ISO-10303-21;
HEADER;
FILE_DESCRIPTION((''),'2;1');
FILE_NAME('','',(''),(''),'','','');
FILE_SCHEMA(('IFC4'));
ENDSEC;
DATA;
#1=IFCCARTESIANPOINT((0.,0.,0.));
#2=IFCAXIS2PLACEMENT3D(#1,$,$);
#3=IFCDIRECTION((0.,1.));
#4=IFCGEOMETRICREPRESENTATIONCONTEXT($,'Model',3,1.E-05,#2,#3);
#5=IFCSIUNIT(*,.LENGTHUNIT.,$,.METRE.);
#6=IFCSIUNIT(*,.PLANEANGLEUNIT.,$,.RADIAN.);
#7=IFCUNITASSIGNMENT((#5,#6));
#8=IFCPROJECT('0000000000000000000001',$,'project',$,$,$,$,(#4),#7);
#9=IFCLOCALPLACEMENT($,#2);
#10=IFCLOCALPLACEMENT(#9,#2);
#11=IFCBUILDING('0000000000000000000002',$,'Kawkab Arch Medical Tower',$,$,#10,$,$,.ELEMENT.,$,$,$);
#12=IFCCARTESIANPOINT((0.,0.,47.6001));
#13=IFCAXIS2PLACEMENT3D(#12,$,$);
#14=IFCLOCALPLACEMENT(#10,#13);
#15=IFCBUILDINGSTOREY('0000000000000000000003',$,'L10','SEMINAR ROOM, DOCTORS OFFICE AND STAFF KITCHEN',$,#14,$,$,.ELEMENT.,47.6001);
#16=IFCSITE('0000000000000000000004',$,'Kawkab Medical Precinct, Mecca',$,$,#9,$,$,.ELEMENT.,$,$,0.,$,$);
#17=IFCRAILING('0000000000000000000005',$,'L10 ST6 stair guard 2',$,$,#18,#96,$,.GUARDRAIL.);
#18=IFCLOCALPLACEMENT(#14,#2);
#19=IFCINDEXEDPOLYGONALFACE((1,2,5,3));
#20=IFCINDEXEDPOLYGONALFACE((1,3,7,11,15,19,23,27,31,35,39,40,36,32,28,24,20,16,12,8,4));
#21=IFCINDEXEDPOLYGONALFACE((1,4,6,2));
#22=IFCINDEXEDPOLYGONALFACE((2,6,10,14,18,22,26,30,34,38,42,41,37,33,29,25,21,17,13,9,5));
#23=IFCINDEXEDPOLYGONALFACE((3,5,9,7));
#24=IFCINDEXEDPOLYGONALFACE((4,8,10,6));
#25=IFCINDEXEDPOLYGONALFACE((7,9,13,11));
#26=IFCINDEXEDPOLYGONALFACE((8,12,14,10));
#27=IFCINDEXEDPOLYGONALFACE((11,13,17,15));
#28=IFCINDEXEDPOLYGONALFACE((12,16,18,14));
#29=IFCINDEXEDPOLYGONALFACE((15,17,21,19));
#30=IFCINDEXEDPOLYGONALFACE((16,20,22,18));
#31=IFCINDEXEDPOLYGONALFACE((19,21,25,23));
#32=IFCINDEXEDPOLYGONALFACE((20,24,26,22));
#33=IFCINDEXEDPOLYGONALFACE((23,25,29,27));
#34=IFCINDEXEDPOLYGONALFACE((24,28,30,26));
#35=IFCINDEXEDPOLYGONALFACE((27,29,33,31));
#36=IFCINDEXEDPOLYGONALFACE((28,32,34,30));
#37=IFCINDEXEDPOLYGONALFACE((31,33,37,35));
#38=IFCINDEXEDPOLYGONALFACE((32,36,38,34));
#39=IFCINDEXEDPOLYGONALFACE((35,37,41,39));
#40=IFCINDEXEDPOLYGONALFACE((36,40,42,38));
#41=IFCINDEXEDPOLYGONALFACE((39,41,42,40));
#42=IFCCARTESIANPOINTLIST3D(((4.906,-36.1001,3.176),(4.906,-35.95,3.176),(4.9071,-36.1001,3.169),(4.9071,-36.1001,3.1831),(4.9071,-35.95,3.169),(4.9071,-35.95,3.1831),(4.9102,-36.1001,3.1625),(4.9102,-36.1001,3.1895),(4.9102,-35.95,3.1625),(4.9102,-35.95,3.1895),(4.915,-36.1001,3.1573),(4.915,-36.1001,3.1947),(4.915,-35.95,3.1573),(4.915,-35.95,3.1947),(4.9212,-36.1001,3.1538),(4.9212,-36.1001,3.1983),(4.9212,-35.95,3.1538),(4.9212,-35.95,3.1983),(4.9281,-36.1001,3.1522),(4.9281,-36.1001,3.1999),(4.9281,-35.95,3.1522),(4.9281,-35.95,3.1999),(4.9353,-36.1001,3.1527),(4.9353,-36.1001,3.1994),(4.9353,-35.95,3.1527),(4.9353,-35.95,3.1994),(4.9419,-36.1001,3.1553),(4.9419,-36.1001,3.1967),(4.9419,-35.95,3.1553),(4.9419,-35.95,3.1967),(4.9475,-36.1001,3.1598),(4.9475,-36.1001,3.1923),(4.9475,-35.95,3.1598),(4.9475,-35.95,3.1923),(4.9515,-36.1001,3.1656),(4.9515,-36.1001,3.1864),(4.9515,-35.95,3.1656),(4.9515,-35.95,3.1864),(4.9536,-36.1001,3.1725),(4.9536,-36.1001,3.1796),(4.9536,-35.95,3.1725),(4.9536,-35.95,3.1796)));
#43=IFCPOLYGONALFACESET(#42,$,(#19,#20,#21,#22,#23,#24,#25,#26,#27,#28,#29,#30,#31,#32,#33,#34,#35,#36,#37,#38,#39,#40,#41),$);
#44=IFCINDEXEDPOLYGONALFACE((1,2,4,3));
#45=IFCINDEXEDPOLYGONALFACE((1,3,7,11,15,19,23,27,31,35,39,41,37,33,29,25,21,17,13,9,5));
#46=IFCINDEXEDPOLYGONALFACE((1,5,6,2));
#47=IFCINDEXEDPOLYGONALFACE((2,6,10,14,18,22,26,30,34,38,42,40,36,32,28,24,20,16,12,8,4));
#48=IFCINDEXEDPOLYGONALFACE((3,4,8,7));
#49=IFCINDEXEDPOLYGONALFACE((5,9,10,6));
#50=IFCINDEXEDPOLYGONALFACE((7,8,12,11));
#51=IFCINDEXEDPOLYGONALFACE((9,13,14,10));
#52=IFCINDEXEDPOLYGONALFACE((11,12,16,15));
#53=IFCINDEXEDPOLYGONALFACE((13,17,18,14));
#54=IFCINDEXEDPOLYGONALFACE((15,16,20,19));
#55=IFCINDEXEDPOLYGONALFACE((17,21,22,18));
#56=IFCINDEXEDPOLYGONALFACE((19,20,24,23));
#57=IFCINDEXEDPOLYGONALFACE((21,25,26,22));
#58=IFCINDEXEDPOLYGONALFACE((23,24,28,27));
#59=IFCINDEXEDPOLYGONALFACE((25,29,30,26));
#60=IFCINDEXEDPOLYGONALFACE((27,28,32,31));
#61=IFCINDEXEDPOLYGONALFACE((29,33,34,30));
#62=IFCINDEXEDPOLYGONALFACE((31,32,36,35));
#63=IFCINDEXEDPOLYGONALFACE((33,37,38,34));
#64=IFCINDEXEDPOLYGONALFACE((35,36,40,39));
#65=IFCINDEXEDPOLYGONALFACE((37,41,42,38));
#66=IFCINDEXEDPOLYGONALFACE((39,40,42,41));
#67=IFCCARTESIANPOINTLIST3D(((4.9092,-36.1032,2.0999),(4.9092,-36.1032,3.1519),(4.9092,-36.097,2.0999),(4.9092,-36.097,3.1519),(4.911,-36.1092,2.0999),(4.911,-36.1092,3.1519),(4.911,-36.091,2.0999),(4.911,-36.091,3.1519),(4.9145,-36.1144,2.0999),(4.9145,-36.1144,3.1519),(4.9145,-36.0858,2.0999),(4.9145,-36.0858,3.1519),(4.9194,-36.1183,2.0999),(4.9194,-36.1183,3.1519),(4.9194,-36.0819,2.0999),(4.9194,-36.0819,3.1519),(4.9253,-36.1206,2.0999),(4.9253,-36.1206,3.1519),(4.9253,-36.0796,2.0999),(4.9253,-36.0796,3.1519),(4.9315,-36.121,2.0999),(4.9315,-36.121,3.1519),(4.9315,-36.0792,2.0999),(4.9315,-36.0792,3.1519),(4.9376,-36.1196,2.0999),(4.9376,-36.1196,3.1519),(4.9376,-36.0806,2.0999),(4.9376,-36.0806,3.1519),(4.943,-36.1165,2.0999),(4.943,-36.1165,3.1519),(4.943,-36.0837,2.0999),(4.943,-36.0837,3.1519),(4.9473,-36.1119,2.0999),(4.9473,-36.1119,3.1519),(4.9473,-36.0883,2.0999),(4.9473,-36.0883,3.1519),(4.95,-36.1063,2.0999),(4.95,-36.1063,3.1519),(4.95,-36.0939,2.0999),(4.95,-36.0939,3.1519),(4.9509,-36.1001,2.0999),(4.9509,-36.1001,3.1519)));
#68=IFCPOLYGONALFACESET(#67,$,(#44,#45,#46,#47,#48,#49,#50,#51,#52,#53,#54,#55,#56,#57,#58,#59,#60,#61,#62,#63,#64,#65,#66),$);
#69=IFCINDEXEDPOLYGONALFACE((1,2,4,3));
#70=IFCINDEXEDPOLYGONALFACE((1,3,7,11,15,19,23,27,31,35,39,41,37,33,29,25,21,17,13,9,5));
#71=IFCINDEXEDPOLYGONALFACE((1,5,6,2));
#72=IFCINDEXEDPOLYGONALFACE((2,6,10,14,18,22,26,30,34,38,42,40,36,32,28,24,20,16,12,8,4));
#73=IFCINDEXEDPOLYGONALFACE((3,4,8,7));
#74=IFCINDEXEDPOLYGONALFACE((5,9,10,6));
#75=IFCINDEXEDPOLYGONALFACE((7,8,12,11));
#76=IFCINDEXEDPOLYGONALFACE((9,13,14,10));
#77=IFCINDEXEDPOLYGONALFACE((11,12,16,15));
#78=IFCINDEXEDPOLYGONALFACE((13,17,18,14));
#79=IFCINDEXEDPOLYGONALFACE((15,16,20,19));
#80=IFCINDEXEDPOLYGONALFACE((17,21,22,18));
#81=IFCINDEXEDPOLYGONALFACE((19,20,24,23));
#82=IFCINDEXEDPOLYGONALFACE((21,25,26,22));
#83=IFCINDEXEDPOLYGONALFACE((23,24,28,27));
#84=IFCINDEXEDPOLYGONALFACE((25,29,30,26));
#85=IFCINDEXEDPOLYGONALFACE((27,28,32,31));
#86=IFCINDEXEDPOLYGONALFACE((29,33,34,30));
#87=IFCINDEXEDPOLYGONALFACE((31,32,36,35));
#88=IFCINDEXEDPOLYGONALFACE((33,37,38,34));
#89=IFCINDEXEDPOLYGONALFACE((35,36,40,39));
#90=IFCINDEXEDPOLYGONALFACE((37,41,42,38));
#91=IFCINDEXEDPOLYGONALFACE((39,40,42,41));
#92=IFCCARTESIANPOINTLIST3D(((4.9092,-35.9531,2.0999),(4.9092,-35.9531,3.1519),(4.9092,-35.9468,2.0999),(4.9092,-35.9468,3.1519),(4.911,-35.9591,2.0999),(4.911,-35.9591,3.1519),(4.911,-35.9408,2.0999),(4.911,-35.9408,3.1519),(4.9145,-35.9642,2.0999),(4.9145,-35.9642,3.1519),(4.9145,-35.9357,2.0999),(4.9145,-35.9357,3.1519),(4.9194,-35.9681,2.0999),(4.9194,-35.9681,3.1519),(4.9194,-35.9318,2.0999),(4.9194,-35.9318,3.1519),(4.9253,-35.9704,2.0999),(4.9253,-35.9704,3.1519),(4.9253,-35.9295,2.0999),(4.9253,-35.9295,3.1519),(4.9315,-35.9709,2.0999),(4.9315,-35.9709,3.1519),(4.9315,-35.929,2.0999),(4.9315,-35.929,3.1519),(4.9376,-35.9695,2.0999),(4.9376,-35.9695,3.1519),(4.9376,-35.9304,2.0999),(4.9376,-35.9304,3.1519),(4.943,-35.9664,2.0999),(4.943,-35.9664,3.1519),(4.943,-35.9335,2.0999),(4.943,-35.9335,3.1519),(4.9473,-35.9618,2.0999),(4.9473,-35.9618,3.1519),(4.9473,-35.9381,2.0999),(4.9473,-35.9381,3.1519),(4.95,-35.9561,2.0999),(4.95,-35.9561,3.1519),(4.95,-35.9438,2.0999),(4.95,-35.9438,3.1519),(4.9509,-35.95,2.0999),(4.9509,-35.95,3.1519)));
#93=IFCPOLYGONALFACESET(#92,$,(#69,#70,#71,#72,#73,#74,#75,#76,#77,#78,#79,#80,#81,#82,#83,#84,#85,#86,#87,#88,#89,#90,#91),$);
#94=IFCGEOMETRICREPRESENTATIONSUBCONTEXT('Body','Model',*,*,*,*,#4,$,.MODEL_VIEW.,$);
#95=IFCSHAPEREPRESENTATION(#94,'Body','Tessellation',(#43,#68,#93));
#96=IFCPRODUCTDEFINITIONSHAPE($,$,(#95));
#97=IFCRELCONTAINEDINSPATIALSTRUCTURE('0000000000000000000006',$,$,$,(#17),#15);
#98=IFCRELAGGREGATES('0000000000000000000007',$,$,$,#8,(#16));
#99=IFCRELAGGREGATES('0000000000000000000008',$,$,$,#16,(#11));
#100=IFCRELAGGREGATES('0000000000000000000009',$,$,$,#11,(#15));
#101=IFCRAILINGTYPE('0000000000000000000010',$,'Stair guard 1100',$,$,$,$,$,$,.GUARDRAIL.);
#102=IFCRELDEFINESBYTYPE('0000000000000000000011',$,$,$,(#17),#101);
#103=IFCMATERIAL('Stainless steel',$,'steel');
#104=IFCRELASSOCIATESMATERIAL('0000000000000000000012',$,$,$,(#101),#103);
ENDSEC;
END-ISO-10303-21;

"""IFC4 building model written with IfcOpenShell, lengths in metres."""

from ifc_helpers import new_model, si_unit, direction, frame, origin, origin_2d, place, context, subcontext, project, spatial, circle, extrude, material, type_object, element, save


model = new_model("IFC4")

# Units and contexts
model_context = context("Model", 3, precision=1e-05, world=origin(), true_north=direction((0.0, 1.0)))
body_context = subcontext(model_context, "Body", "Model", "MODEL_VIEW")
ifc_project = project(units=[si_unit("LENGTHUNIT", "METRE"), si_unit("PLANEANGLEUNIT", "RADIAN")], contexts=[model_context])

# Site, building, storey
site_placement = place(None, origin())
site = spatial("IfcSite", under=ifc_project, at=site_placement, Name="Kawkab Medical Precinct, Mecca", CompositionType="ELEMENT", RefElevation=0.0)
building_placement = place(site_placement, origin())
building = spatial("IfcBuilding", under=site, at=building_placement, Name="Kawkab Arch Medical Tower", CompositionType="ELEMENT")
storey_placement = place(building_placement, frame((0.0, 0.0, 47.6001)))
storey = spatial("IfcBuildingStorey", under=building, at=storey_placement, Name="L10", Description="SEMINAR ROOM, DOCTORS OFFICE AND STAFF KITCHEN", CompositionType="ELEMENT", Elevation=47.6001)

# Railing
ifc_material_1 = material(Name="Stainless steel", Category="steel")
railing_type = type_object("IfcRailingType", Name="Stair guard 1100", PredefinedType="GUARDRAIL", material=ifc_material_1)
railing_1_placement = place(storey_placement, frame((4.9299, -36.1001, 2.0999)))
element("IfcRailing", 1, at=railing_1_placement, inside=storey, type_object=railing_type, Name="L10 ST6 stair guard 2", PredefinedType="GUARDRAIL", context=body_context, shape_type="SweptSolid", body=[
    extrude(circle(Radius=0.0239, at=origin_2d()), frame((0.0, 0.0, 1.0762), z_axis=(0.0, 1.0, 0.0), x_axis=(-1.0, 0.0, 0.0)), (0.0, 0.0, 1.0), 0.1501),
    extrude(circle(Radius=0.021, at=origin_2d()), origin(), (0.0, 0.0, 1.0), 1.052),
    extrude(circle(Radius=0.021, at=origin_2d()), frame((0.0, 0.1501, 0.0)), (0.0, 0.0, 1.0), 1.052),
])

save(model, "model.ifc")
